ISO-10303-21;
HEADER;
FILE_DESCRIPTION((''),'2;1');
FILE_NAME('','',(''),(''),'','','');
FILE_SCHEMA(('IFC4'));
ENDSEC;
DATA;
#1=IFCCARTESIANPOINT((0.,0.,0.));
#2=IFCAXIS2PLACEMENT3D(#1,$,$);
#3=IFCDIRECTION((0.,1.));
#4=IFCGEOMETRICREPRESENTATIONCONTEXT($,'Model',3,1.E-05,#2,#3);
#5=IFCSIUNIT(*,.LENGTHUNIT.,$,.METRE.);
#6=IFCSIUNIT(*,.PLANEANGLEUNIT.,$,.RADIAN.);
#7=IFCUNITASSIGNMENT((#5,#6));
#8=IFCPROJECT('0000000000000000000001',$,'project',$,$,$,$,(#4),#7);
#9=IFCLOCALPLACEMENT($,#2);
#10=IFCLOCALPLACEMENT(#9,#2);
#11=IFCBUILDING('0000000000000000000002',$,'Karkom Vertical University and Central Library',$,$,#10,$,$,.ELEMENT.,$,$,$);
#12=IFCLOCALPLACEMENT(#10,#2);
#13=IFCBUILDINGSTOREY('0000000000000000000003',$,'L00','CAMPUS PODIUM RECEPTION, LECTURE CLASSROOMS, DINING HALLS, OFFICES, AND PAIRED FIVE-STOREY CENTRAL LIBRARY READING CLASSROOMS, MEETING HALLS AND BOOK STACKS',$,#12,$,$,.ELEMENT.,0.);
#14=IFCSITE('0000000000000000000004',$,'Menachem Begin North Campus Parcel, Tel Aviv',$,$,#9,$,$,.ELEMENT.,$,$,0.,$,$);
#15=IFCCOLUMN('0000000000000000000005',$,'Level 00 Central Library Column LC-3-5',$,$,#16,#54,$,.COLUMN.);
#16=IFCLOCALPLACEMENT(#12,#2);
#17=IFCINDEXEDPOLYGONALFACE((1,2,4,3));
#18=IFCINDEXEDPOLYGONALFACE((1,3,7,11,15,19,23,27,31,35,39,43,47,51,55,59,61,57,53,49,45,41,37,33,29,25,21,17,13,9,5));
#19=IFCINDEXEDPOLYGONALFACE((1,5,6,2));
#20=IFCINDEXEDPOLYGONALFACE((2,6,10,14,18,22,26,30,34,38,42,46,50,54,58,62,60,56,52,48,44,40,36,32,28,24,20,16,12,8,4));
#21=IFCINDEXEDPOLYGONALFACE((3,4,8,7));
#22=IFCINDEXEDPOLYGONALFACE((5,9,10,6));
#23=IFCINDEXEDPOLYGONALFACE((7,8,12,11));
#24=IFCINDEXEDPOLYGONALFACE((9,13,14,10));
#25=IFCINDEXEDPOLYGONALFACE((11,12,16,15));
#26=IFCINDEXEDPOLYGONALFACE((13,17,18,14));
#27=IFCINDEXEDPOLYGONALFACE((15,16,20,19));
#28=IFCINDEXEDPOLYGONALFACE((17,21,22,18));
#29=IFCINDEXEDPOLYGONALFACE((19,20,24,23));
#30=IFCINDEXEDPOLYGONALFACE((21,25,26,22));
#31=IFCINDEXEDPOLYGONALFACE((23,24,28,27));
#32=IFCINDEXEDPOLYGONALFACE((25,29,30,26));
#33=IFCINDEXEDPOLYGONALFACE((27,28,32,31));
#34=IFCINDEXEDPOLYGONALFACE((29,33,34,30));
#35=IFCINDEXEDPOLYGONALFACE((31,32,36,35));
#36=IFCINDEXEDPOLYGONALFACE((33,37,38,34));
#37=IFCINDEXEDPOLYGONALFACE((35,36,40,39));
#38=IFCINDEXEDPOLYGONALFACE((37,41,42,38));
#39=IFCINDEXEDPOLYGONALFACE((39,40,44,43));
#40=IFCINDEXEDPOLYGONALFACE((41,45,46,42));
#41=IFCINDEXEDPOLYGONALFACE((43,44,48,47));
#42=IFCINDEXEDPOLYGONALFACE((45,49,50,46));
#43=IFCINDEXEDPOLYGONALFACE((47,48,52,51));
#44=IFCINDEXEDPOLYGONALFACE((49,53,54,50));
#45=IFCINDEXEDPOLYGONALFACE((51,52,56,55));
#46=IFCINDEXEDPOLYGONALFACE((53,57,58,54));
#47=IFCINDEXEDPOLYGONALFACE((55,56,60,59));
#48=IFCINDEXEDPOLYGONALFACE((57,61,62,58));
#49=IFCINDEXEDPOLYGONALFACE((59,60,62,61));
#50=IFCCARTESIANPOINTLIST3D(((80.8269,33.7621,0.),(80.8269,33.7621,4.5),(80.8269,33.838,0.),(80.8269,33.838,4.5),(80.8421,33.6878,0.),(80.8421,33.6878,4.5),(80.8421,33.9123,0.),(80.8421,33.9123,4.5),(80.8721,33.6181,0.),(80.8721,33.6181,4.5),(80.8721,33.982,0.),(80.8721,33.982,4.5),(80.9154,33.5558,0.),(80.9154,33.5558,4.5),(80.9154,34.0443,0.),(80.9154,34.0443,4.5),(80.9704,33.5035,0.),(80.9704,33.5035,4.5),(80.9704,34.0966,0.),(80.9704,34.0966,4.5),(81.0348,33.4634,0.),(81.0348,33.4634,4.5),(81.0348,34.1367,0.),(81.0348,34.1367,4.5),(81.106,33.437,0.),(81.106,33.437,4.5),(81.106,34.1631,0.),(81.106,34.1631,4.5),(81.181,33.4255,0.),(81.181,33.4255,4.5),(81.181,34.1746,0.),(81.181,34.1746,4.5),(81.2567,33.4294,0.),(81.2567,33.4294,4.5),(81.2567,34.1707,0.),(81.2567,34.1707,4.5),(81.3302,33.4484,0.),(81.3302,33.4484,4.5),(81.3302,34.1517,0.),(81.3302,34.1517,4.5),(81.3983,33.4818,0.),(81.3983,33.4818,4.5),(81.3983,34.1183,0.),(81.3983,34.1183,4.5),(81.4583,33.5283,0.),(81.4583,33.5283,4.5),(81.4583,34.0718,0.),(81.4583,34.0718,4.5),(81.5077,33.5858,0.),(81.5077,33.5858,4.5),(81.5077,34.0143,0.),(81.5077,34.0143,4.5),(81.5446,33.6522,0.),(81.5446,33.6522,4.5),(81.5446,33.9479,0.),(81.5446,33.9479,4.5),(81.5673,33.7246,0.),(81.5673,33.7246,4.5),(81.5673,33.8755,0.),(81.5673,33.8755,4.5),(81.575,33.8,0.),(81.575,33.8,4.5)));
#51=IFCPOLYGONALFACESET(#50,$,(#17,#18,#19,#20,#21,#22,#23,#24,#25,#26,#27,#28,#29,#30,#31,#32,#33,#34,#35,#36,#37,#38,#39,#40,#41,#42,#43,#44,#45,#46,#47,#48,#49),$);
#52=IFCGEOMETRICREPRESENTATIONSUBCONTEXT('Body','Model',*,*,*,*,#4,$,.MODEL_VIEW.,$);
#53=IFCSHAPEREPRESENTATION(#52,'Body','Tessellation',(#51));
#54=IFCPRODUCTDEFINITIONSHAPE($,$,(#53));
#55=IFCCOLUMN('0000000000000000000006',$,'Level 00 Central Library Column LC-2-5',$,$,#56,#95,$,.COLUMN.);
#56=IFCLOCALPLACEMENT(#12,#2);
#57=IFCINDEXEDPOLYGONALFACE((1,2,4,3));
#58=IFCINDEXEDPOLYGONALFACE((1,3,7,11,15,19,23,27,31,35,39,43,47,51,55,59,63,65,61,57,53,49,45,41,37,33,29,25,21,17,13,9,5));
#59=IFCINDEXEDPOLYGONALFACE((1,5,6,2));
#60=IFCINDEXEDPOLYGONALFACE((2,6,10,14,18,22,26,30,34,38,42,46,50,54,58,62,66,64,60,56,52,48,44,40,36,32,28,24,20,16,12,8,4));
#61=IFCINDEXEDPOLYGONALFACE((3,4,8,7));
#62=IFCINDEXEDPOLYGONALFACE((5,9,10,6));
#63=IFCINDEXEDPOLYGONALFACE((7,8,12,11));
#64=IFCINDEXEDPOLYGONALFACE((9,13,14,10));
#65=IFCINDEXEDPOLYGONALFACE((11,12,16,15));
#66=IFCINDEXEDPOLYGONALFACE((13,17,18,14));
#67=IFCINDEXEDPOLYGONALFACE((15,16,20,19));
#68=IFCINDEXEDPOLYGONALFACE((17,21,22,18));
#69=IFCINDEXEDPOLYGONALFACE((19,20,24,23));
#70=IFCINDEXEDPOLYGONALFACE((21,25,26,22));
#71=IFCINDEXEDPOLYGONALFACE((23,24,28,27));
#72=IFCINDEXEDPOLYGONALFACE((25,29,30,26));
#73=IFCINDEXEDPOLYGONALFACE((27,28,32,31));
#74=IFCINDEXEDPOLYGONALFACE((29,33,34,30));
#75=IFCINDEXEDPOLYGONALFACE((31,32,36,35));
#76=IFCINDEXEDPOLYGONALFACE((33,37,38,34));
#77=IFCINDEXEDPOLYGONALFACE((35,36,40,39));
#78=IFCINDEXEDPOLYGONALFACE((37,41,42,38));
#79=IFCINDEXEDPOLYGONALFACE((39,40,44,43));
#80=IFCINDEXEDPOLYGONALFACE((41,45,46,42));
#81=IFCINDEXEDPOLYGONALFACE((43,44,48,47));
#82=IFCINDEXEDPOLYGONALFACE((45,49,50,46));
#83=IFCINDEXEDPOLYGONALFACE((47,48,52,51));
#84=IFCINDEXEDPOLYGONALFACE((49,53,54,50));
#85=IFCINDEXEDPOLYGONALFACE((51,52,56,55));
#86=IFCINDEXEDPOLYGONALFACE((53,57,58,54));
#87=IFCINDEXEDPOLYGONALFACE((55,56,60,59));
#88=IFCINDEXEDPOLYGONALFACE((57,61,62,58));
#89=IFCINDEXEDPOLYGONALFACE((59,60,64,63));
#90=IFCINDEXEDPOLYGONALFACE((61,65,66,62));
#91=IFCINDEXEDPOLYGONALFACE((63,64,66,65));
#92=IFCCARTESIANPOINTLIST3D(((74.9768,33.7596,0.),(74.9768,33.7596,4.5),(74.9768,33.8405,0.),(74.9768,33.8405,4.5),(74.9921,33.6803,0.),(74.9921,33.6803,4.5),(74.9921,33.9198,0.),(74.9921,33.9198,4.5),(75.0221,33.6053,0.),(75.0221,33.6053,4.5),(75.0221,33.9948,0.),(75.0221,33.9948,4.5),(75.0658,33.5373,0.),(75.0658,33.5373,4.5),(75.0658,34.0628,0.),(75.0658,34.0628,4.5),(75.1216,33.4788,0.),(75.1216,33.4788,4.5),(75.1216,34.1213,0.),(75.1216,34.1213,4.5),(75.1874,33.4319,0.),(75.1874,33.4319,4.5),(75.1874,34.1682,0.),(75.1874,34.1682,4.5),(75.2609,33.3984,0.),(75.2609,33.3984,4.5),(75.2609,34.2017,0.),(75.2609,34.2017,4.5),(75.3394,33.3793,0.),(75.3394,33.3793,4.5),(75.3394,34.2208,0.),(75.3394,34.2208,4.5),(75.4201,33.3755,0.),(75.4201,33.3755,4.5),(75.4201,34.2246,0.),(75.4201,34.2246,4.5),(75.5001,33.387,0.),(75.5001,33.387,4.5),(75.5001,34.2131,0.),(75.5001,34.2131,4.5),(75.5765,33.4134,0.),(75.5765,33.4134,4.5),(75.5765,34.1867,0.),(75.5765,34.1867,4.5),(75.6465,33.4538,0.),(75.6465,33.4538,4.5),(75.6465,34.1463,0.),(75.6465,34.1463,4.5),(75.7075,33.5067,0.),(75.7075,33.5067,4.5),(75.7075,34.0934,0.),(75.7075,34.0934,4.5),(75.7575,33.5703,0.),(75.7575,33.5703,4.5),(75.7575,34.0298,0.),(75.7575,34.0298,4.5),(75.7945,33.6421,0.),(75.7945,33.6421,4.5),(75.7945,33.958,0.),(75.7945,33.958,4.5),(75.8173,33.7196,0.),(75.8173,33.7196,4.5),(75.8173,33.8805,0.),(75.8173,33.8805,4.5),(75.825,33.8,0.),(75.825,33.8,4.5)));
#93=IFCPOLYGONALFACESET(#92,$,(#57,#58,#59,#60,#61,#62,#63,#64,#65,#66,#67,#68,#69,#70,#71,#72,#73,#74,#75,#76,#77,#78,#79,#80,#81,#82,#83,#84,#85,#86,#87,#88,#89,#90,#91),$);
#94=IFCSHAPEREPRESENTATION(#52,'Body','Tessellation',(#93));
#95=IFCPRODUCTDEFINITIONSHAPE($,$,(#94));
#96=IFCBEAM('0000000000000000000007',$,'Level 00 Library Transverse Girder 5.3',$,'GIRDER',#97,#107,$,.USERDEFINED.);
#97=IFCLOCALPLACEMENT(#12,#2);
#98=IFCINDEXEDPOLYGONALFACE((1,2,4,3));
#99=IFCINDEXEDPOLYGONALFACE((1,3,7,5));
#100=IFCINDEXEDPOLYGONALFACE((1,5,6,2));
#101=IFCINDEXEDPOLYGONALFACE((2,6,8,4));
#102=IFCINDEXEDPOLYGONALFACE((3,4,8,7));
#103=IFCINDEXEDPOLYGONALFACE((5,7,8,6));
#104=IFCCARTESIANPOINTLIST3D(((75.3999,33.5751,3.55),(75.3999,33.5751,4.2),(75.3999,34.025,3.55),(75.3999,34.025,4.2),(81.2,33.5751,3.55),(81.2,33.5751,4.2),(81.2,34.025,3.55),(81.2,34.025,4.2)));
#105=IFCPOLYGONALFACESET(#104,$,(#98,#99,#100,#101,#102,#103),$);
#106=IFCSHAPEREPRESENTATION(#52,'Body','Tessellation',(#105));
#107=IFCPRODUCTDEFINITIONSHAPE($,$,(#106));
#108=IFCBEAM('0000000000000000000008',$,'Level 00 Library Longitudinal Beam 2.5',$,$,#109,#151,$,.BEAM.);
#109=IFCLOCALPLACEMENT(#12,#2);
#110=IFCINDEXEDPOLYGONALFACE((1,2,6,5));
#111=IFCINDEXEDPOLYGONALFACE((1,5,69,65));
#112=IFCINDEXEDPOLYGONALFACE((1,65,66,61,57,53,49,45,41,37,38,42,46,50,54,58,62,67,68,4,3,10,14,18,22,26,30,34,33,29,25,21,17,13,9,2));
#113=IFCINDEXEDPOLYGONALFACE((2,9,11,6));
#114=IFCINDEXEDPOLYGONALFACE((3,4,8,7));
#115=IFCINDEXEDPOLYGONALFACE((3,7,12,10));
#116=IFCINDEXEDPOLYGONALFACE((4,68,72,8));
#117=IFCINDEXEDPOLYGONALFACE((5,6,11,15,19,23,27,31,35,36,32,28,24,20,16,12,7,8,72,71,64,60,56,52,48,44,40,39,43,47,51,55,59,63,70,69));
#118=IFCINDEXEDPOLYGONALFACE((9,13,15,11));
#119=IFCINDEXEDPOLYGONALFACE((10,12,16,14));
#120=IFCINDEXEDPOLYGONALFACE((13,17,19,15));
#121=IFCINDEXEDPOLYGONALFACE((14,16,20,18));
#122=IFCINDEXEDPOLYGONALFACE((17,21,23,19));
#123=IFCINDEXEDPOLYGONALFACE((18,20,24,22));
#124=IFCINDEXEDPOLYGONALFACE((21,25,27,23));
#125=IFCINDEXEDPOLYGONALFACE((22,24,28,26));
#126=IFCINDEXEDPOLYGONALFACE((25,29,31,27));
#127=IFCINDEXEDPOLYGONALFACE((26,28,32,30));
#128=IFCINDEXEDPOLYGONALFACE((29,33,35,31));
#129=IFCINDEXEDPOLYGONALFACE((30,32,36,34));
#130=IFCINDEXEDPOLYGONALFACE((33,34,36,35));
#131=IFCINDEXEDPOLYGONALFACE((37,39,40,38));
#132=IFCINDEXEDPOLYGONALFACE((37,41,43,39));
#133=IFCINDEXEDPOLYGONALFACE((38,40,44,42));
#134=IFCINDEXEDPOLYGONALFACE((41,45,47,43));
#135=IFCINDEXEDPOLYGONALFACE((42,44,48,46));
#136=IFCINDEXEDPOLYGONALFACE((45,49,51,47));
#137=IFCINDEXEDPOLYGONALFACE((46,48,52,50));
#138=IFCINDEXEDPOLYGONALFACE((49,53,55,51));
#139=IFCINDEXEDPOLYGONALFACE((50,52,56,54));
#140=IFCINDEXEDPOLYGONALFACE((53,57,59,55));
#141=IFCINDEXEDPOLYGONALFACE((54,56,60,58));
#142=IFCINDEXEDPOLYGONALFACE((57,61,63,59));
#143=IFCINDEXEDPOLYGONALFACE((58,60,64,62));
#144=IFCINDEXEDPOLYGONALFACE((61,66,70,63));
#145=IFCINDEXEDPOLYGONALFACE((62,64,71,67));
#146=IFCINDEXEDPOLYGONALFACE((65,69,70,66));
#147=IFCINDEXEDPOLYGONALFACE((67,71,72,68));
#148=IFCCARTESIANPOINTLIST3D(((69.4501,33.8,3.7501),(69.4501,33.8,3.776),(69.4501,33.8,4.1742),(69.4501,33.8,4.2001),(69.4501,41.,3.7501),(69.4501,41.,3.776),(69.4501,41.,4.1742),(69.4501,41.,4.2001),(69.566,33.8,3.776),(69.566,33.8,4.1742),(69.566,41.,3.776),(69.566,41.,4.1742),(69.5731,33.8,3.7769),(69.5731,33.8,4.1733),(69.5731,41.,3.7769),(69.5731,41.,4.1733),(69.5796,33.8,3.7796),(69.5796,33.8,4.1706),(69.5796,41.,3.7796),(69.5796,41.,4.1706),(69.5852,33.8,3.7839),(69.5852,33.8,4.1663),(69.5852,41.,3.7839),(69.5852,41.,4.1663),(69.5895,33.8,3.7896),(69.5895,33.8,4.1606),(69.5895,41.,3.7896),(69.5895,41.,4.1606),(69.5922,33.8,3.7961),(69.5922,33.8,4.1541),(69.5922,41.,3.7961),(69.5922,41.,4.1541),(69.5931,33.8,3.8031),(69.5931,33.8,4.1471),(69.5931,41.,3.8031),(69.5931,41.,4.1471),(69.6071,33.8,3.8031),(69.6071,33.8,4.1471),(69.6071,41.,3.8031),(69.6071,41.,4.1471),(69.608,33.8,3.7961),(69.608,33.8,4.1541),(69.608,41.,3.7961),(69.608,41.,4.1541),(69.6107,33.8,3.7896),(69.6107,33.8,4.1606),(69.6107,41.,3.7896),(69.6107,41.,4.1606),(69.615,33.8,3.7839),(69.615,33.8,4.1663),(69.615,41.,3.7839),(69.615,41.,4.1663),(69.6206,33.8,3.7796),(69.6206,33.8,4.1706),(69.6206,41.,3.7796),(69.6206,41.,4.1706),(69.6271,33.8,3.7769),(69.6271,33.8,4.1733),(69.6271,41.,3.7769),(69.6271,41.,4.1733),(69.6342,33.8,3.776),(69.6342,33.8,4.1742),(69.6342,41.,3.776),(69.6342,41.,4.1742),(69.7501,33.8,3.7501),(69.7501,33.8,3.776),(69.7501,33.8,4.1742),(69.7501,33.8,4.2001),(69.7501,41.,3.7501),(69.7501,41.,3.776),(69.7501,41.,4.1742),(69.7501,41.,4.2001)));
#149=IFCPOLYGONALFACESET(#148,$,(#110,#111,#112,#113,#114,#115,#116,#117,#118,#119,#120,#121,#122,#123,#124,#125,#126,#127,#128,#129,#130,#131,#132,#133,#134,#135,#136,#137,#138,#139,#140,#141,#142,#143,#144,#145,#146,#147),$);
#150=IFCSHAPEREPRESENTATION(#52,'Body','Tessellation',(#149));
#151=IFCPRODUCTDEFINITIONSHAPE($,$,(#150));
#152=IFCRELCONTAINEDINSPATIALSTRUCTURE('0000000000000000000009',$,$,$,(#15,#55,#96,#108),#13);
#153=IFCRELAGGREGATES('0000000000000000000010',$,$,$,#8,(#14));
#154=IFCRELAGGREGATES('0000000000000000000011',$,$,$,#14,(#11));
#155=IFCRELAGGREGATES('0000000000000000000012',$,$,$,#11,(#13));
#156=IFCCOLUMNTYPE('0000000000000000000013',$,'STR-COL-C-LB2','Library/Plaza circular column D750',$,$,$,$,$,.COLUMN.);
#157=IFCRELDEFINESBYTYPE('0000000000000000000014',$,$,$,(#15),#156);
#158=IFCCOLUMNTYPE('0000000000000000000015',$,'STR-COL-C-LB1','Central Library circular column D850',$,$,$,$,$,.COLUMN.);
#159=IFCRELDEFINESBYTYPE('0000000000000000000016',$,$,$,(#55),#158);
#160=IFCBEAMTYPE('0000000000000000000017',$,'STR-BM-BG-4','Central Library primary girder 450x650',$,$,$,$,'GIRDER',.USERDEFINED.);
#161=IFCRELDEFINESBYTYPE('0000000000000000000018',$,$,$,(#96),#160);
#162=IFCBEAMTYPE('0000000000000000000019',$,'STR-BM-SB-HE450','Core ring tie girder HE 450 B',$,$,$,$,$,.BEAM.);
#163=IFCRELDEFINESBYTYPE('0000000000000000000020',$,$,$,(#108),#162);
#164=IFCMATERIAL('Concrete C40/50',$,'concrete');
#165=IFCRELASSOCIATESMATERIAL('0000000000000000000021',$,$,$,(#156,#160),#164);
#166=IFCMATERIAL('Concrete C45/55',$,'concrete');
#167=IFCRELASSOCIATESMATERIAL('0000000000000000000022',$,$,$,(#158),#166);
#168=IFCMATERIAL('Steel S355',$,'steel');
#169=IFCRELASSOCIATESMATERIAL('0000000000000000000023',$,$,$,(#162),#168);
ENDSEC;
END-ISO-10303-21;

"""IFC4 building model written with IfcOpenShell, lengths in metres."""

from ifc_helpers import new_model, si_unit, direction, frame, origin, origin_with_axes, origin_2d, place, context, subcontext, project, spatial, rectangle, circle, i_section, extrude, source, transform, mapped, material, material_profile, profile_set, type_object, element, save


model = new_model("IFC4")

# Units and contexts
model_context = context("Model", 3, precision=1e-05, world=origin(), true_north=direction((0.0, 1.0)))
body_context = subcontext(model_context, "Body", "Model", "MODEL_VIEW")
ifc_project = project(units=[si_unit("LENGTHUNIT", "METRE"), si_unit("PLANEANGLEUNIT", "RADIAN")], contexts=[model_context])

# Site, building, storey
site_placement = place(None, origin())
site = spatial("IfcSite", under=ifc_project, at=site_placement, Name="Menachem Begin North Campus Parcel, Tel Aviv", CompositionType="ELEMENT", RefElevation=0.0)
building_placement = place(site_placement, origin())
building = spatial("IfcBuilding", under=site, at=building_placement, Name="Karkom Vertical University and Central Library", CompositionType="ELEMENT")
storey_placement = place(building_placement, origin())
storey = spatial("IfcBuildingStorey", under=building, at=storey_placement, Name="L00", Description="CAMPUS PODIUM RECEPTION, LECTURE CLASSROOMS, DINING HALLS, OFFICES, AND PAIRED FIVE-STOREY CENTRAL LIBRARY READING CLASSROOMS, MEETING HALLS AND BOOK STACKS", CompositionType="ELEMENT", Elevation=0.0)

# Columns
ifc_material_1 = material(Name="Concrete C40/50", Category="concrete")
ifc_material_profile_1 = material_profile(ifc_material_1, circle(Radius=0.375, at=origin_2d()), Name="RC-D750")
ifc_profile_set_1 = profile_set([ifc_material_profile_1], Name="Concrete C40/50")
column_type_1 = type_object("IfcColumnType", Name="STR-COL-C-LB2", Description="Library/Plaza circular column D750", PredefinedType="COLUMN", material=ifc_profile_set_1)
shared_shape_1 = source(origin_with_axes(), body_context, "Body", "SweptSolid", [
    extrude(circle(Radius=0.375, at=origin_2d()), origin(), (0.0, 0.0, 1.0), 4.5),
])
column_1_placement = place(storey_placement, frame((81.2, 33.8, 0.0), z_axis=(0.0, 0.0, 1.0), x_axis=(1.0, 0.0, 0.0)))
element("IfcColumn", 1, at=column_1_placement, inside=storey, type_object=column_type_1, Name="Level 00 Central Library Column LC-3-5", PredefinedType="COLUMN", context=body_context, shape_type="MappedRepresentation", body=[
    mapped(shared_shape_1, transform((0.0, 0.0, 0.0), scale=1.0)),
])
ifc_material_2 = material(Name="Concrete C45/55", Category="concrete")
ifc_material_profile_2 = material_profile(ifc_material_2, circle(Radius=0.425, at=origin_2d()), Name="RC-D850")
ifc_profile_set_2 = profile_set([ifc_material_profile_2], Name="Concrete C45/55")
column_type_2 = type_object("IfcColumnType", Name="STR-COL-C-LB1", Description="Central Library circular column D850", PredefinedType="COLUMN", material=ifc_profile_set_2)
shared_shape_2 = source(origin_with_axes(), body_context, "Body", "SweptSolid", [
    extrude(circle(Radius=0.425, at=origin_2d()), origin(), (0.0, 0.0, 1.0), 4.5),
])
column_2_placement = place(storey_placement, frame((75.3999, 33.8, 0.0), z_axis=(0.0, 0.0, 1.0), x_axis=(1.0, 0.0, 0.0)))
element("IfcColumn", 2, at=column_2_placement, inside=storey, type_object=column_type_2, Name="Level 00 Central Library Column LC-2-5", PredefinedType="COLUMN", context=body_context, shape_type="MappedRepresentation", body=[
    mapped(shared_shape_2, transform((0.0, 0.0, 0.0), scale=1.0)),
])

# Beams
ifc_material_profile_3 = material_profile(ifc_material_1, rectangle(XDim=0.45, YDim=0.6499, at=origin_2d()), Name="RCB-450x650")
ifc_profile_set_3 = profile_set([ifc_material_profile_3], Name="Concrete C40/50")
beam_type_1 = type_object("IfcBeamType", Name="STR-BM-BG-4", Description="Central Library primary girder 450x650", ElementType="GIRDER", PredefinedType="USERDEFINED", material=ifc_profile_set_3)
shared_shape_3 = source(origin_with_axes(), body_context, "Body", "SweptSolid", [
    extrude(rectangle(XDim=0.45, YDim=0.6499, at=origin_2d()), origin(), (0.0, 0.0, 1.0), 5.8),
])
beam_placement = place(storey_placement, frame((75.3999, 33.8, 3.875), z_axis=(1.0, 0.0, 0.0), x_axis=(0.0, 1.0, 0.0)))
element("IfcBeam", 3, at=beam_placement, inside=storey, type_object=beam_type_1, Name="Level 00 Library Transverse Girder 5.3", ObjectType="GIRDER", PredefinedType="USERDEFINED", context=body_context, shape_type="MappedRepresentation", body=[
    mapped(shared_shape_3, transform((0.0, 0.0, 0.0), scale=1.0)),
])
ifc_material_3 = material(Name="Steel S355", Category="steel")
ifc_material_profile_4 = material_profile(ifc_material_3, i_section(OverallWidth=0.3, OverallDepth=0.45, WebThickness=0.0139, FlangeThickness=0.0259, FilletRadius=0.0271, at=origin_2d()), Name="HE 450 B")
ifc_profile_set_4 = profile_set([ifc_material_profile_4], Name="Steel S355")
beam_type_2 = type_object("IfcBeamType", Name="STR-BM-SB-HE450", Description="Core ring tie girder HE 450 B", PredefinedType="BEAM", material=ifc_profile_set_4)
shared_shape_4 = source(origin_with_axes(), body_context, "Body", "SweptSolid", [
    extrude(i_section(OverallWidth=0.3, OverallDepth=0.45, WebThickness=0.0139, FlangeThickness=0.0259, FilletRadius=0.0271, at=origin_2d()), origin(), (0.0, 0.0, 1.0), 7.2),
])
for number, where, z_axis, x_axis, name in (
    (4, (69.6001, 33.8, 3.9751), (0.0, 1.0, 0.0), (-1.0, 0.0, 0.0), "Level 00 Library Longitudinal Beam 2.5"),
):
    element("IfcBeam", number, at=place(storey_placement, frame(where, z_axis=z_axis, x_axis=x_axis)), inside=storey, type_object=beam_type_2, Name=name, PredefinedType="BEAM", context=body_context, shape_type="MappedRepresentation", body=[
        mapped(shared_shape_4, transform((0.0, 0.0, 0.0), scale=1.0)),
    ])

save(model, "model.ifc")
